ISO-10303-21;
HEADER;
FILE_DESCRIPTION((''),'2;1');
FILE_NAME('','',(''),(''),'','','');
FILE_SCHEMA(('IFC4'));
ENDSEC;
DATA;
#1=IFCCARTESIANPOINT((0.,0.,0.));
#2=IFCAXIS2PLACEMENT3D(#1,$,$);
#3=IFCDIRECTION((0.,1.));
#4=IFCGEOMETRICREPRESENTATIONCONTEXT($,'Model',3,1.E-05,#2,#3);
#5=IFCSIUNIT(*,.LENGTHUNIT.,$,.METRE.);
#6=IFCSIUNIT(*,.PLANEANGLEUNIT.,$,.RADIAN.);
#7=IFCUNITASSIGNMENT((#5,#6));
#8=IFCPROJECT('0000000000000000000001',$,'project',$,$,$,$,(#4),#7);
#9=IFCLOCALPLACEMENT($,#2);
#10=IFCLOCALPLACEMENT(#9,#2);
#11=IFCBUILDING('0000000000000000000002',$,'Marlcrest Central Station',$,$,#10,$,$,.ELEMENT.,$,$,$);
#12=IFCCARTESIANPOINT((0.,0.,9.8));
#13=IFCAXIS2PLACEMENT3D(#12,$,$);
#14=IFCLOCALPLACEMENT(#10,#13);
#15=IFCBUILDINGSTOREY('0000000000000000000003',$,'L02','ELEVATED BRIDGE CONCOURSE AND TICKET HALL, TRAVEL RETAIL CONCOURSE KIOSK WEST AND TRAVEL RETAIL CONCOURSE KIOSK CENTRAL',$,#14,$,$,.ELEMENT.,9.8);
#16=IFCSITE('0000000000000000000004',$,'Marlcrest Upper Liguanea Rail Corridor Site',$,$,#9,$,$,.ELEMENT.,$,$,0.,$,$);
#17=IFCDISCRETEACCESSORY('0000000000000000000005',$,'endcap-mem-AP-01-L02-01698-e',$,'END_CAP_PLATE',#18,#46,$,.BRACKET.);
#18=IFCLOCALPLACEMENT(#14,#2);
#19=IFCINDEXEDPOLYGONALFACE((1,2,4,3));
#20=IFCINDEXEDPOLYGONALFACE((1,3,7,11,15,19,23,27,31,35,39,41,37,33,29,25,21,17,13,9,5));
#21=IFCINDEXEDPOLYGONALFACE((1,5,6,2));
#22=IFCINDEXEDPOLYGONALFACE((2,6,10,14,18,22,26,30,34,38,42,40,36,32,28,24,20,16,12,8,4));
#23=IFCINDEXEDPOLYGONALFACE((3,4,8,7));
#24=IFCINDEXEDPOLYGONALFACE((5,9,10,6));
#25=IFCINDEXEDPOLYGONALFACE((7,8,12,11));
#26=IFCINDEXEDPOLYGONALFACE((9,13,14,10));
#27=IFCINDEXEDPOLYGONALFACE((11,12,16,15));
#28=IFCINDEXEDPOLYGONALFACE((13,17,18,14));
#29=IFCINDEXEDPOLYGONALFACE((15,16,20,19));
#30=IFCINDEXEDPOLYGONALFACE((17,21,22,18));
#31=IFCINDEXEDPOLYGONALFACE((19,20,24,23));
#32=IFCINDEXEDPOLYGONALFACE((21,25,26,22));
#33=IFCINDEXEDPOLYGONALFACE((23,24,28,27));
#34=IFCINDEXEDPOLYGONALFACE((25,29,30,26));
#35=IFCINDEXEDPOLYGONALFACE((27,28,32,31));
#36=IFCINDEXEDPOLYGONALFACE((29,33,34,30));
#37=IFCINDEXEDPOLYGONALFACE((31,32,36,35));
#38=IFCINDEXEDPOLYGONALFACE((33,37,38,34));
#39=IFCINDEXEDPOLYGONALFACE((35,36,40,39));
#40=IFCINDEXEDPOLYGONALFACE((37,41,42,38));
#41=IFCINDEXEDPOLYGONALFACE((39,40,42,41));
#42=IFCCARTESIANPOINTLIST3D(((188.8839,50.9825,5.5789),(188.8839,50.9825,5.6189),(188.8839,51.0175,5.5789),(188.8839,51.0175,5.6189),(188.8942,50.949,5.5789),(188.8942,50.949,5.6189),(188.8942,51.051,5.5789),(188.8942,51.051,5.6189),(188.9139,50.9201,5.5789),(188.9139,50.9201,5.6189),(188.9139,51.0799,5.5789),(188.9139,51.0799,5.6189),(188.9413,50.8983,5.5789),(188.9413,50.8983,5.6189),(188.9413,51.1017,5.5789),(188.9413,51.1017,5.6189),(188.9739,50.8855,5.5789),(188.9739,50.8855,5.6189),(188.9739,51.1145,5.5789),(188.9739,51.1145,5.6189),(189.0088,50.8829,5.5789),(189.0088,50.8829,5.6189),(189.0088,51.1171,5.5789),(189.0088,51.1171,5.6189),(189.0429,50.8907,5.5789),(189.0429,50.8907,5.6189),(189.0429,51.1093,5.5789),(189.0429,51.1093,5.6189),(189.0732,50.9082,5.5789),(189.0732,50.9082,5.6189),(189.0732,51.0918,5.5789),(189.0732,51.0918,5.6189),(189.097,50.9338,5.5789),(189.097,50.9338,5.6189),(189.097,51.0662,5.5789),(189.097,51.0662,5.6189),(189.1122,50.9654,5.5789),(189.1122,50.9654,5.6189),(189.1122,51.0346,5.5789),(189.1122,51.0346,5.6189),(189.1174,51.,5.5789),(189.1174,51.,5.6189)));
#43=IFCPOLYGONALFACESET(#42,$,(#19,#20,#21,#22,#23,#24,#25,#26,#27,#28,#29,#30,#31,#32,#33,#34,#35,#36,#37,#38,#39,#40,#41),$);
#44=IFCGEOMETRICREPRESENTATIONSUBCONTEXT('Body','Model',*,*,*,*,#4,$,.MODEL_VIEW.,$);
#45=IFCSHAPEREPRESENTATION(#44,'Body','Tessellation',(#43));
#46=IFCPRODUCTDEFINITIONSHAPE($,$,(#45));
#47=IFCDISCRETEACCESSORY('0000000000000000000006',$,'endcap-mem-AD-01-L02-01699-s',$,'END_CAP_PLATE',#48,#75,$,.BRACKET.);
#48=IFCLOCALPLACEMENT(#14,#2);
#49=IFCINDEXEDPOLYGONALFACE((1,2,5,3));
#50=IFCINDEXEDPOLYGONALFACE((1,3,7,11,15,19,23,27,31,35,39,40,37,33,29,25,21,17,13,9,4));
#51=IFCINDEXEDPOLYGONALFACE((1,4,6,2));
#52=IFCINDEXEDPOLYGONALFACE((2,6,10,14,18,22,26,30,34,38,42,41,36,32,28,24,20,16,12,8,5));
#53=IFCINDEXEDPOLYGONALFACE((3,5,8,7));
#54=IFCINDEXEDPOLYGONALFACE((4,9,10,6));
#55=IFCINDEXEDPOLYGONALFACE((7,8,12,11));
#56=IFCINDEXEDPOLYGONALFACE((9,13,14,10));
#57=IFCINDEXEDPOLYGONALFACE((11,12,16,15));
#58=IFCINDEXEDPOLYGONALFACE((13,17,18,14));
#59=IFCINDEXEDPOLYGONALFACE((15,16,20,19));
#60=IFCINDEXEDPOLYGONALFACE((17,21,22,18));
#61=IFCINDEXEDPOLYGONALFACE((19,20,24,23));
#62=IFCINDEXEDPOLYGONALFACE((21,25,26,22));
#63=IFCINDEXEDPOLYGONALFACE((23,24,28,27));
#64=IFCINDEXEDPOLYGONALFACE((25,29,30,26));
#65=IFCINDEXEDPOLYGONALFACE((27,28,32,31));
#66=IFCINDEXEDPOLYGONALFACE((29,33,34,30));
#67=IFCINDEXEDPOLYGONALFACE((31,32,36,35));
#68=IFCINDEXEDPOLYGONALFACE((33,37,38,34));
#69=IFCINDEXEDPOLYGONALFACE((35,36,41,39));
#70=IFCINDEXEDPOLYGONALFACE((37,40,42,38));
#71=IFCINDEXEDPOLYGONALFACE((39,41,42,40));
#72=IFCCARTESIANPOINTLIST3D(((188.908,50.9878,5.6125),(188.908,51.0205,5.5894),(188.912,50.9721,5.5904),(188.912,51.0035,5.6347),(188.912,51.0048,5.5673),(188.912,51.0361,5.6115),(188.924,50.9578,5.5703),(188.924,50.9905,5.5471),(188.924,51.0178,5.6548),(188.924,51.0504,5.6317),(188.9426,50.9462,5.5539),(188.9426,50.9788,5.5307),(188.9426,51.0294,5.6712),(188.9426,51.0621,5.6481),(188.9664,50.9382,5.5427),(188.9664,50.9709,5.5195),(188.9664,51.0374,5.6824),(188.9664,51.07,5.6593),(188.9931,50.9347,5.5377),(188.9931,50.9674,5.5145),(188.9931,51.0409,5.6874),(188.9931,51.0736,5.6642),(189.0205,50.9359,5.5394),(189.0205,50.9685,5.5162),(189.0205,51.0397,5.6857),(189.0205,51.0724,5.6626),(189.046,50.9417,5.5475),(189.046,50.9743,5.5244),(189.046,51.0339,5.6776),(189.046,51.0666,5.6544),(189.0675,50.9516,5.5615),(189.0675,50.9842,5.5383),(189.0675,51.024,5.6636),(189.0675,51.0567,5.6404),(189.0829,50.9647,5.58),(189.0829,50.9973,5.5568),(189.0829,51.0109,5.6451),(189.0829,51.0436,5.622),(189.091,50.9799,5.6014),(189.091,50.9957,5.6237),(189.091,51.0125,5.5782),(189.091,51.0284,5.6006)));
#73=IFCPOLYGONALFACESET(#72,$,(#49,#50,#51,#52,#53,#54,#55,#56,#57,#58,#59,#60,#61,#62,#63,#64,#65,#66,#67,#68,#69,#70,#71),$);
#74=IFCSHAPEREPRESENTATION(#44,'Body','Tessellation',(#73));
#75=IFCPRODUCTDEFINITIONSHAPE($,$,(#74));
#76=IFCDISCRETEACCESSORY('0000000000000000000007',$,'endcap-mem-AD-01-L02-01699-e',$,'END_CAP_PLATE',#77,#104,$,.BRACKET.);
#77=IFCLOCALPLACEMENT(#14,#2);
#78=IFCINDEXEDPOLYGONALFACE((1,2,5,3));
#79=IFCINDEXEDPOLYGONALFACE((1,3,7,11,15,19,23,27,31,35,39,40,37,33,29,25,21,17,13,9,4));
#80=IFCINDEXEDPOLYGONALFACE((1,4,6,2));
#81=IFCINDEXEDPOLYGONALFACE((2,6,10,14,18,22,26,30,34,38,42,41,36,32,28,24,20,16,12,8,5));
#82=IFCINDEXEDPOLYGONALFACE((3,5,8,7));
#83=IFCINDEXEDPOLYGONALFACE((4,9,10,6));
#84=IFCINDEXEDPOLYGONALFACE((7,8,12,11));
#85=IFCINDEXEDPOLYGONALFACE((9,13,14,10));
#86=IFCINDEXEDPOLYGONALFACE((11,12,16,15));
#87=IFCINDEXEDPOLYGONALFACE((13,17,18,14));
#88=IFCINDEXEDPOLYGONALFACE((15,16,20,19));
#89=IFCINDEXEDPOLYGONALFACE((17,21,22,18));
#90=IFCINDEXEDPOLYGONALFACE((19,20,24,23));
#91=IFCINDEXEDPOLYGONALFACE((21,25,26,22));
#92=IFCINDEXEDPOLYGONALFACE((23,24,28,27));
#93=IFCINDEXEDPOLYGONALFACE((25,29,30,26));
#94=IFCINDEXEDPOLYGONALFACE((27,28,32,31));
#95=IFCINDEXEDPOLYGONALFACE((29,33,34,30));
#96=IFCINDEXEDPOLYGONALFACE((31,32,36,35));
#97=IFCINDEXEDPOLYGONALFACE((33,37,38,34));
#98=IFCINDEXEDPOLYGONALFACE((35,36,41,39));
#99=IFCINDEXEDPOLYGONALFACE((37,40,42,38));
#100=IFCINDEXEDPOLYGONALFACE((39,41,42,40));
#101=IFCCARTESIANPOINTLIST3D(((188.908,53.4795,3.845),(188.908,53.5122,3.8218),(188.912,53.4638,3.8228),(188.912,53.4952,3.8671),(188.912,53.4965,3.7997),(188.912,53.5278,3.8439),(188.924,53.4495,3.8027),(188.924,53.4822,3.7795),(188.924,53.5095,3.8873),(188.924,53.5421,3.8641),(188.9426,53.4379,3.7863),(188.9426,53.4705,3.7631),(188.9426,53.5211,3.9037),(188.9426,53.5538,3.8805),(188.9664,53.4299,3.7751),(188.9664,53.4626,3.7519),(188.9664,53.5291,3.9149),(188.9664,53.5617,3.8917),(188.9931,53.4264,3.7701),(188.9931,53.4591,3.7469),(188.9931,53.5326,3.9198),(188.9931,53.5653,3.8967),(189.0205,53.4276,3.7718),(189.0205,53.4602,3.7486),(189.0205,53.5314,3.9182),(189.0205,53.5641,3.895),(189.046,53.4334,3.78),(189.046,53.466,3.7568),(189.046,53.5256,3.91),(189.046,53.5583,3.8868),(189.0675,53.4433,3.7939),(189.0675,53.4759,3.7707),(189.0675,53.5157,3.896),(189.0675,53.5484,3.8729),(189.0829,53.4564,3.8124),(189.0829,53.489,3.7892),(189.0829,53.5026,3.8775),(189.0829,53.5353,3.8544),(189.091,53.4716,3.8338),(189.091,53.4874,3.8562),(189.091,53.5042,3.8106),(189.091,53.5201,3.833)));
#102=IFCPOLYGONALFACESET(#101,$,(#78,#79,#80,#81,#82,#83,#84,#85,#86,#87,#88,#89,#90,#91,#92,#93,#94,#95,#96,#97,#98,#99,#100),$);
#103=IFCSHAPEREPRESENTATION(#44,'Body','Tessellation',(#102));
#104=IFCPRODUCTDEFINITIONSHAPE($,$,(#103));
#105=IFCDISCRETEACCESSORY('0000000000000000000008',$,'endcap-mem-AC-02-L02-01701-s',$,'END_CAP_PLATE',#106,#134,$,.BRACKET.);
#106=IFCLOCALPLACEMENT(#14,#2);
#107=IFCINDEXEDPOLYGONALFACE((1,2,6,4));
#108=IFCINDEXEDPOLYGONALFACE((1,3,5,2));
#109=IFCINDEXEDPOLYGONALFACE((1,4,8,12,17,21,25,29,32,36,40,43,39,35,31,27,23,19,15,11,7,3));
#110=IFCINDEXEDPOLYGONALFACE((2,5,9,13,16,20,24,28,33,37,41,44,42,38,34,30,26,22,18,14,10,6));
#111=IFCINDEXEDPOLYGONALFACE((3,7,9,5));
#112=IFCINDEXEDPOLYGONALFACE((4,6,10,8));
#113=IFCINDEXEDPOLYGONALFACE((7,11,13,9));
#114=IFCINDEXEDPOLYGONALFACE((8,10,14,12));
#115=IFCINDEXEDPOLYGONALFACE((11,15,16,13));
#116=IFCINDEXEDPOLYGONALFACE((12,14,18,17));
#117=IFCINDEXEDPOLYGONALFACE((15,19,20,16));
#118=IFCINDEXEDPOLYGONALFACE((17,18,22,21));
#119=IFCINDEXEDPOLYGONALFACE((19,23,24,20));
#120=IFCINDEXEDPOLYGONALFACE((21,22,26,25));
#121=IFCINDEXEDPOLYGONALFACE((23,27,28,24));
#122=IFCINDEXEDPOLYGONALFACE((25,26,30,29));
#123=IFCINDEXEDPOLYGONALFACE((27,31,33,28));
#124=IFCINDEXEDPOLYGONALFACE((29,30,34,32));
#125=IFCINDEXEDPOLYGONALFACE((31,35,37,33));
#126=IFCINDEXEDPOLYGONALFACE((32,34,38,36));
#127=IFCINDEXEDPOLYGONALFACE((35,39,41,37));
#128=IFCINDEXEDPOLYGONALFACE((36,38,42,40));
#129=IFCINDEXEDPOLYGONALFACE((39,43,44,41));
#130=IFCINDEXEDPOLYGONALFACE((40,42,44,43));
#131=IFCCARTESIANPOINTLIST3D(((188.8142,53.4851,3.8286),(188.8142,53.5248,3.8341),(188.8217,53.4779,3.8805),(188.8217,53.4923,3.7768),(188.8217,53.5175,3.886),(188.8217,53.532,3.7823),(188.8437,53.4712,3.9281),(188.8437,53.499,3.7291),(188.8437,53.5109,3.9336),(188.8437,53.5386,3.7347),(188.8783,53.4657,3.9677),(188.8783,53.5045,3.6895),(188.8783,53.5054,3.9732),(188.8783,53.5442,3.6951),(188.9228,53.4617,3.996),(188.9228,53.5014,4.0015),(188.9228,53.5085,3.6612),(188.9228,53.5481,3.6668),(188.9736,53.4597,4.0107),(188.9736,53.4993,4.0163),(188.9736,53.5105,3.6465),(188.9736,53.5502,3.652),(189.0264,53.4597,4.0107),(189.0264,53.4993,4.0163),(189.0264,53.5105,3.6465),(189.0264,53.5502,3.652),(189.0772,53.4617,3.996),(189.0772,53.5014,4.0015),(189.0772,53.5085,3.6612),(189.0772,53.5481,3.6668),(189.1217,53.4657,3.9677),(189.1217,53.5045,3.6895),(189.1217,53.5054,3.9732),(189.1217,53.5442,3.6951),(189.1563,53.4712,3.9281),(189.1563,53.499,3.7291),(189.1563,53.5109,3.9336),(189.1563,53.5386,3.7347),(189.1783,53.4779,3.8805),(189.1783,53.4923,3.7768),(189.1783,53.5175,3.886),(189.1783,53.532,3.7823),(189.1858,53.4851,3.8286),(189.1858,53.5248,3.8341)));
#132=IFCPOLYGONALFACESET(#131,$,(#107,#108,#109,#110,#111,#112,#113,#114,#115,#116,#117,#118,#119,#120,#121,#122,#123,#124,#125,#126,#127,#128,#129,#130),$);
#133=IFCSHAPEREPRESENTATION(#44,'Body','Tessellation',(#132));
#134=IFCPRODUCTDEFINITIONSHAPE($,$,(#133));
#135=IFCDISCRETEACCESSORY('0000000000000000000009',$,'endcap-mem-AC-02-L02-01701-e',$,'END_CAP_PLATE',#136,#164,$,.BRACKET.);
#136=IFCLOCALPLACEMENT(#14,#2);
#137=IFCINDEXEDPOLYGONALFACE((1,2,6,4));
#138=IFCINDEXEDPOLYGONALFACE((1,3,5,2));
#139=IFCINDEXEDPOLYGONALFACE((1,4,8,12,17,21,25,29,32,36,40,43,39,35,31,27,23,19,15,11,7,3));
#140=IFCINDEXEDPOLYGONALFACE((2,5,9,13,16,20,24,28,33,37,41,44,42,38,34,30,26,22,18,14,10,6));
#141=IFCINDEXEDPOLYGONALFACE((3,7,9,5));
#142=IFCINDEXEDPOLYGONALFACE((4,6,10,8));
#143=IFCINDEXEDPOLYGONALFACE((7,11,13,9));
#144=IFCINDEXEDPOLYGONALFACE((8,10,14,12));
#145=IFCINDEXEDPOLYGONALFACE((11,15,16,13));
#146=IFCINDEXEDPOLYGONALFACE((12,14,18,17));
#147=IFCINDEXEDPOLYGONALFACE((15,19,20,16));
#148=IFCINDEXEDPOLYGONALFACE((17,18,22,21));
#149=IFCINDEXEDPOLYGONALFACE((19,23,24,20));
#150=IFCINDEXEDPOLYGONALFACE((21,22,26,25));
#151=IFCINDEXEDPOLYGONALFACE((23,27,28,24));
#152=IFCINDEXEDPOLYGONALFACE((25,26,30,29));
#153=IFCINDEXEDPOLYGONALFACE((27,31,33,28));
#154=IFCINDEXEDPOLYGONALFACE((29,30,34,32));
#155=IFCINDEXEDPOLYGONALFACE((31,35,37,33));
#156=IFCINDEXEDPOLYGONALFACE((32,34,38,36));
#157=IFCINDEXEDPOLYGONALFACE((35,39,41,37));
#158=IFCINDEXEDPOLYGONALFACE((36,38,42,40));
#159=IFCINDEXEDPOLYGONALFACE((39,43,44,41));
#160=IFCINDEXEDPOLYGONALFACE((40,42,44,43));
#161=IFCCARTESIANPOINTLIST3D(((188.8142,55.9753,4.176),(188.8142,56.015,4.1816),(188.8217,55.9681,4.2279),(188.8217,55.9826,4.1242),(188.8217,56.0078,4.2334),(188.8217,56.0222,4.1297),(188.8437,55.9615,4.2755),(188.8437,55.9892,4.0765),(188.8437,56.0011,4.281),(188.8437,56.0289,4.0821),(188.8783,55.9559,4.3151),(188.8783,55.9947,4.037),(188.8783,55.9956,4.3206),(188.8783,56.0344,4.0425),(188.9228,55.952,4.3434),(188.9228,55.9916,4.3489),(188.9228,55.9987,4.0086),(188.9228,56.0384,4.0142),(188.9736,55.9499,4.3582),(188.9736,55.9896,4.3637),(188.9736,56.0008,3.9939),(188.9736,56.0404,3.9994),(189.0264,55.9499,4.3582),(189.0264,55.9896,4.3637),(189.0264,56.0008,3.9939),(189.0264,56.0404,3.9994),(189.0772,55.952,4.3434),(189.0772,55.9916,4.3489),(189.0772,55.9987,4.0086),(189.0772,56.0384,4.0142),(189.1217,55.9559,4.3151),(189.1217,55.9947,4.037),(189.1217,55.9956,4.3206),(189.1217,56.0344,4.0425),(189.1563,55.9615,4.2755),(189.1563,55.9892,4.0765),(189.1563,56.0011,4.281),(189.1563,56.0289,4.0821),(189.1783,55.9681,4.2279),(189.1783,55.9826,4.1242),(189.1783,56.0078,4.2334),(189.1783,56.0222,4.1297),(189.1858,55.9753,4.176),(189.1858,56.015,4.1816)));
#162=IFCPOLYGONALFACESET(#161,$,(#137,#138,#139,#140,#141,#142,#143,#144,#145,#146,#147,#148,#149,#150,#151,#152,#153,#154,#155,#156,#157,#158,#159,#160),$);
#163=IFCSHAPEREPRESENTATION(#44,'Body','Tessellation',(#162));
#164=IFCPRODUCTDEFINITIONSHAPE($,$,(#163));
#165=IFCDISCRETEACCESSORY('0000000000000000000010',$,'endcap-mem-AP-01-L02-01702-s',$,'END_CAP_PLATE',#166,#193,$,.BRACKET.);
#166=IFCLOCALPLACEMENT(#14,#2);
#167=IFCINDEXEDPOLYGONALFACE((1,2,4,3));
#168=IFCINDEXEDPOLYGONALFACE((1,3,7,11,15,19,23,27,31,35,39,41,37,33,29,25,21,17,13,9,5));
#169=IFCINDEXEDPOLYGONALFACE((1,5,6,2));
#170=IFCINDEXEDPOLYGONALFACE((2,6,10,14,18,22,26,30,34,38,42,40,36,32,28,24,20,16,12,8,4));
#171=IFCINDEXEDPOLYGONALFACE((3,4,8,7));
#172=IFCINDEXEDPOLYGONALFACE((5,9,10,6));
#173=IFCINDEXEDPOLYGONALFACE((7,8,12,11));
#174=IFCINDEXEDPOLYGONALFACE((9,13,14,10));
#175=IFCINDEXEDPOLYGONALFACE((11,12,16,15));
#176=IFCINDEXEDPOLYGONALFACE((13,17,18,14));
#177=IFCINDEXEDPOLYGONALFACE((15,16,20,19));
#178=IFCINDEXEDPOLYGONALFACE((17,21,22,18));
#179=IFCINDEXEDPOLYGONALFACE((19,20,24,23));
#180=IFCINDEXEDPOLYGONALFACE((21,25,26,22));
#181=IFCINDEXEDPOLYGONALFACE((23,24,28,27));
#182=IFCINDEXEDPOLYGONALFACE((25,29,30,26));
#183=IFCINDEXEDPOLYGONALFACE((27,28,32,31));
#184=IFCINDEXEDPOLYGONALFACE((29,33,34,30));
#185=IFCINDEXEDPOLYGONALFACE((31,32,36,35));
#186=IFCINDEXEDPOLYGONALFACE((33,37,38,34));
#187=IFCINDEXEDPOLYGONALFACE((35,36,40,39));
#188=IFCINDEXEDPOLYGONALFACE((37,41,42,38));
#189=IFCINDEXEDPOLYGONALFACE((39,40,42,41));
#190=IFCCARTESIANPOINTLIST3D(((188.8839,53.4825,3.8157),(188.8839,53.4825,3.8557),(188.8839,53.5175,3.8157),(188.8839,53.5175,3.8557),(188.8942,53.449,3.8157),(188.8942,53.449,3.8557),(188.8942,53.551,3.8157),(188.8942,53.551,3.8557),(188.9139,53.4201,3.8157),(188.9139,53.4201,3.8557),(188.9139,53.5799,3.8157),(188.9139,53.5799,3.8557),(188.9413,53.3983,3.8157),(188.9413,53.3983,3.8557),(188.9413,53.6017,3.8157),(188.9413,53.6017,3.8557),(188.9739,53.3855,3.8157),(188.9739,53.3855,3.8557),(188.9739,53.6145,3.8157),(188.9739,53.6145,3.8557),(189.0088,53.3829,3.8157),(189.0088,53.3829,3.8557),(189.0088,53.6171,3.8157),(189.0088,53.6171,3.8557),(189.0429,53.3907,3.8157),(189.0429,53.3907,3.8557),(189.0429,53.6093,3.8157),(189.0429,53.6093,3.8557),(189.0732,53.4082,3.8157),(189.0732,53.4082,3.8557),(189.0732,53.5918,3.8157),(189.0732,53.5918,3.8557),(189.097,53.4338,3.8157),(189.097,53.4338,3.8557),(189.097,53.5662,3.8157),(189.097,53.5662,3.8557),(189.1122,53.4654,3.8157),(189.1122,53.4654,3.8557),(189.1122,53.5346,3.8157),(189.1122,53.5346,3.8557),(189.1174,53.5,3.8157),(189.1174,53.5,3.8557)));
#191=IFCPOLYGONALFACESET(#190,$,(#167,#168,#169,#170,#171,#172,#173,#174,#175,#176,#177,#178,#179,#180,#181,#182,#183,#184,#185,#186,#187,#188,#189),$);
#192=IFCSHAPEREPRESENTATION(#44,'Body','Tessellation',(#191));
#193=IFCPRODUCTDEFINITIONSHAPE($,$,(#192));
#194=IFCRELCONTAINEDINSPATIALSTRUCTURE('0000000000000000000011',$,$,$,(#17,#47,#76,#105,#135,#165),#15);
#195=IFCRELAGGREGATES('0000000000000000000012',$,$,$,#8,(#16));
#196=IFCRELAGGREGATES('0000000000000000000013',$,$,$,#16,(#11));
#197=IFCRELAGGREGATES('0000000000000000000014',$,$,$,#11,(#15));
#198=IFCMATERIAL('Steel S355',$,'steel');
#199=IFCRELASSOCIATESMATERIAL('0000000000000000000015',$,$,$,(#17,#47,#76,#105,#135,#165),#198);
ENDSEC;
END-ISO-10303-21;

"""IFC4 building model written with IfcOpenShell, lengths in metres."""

from ifc_helpers import new_model, si_unit, direction, frame, origin, origin_2d, place, context, subcontext, project, spatial, circle, extrude, material, element, save


model = new_model("IFC4")

# Units and contexts
model_context = context("Model", 3, precision=1e-05, world=origin(), true_north=direction((0.0, 1.0)))
body_context = subcontext(model_context, "Body", "Model", "MODEL_VIEW")
ifc_project = project(units=[si_unit("LENGTHUNIT", "METRE"), si_unit("PLANEANGLEUNIT", "RADIAN")], contexts=[model_context])

# Site, building, storey
site_placement = place(None, origin())
site = spatial("IfcSite", under=ifc_project, at=site_placement, Name="Marlcrest Upper Liguanea Rail Corridor Site", CompositionType="ELEMENT", RefElevation=0.0)
building_placement = place(site_placement, origin())
building = spatial("IfcBuilding", under=site, at=building_placement, Name="Marlcrest Central Station", CompositionType="ELEMENT")
storey_placement = place(building_placement, frame((0.0, 0.0, 9.8)))
storey = spatial("IfcBuildingStorey", under=building, at=storey_placement, Name="L02", Description="ELEVATED BRIDGE CONCOURSE AND TICKET HALL, TRAVEL RETAIL CONCOURSE KIOSK WEST AND TRAVEL RETAIL CONCOURSE KIOSK CENTRAL", CompositionType="ELEMENT", Elevation=9.8)

# Shared definitions
ifc_material = material(Name="Steel S355", Category="steel")

# Discrete accessories
for number, where, z_axis, x_axis, name in (
    (1, (189.0, 51.0, 5.5789), (0.0, 0.0, 1.0), (1.0, 0.0, 0.0), "endcap-mem-AP-01-L02-01698-e"),
):
    element("IfcDiscreteAccessory", number, at=place(storey_placement, frame(where, z_axis=z_axis, x_axis=x_axis)), inside=storey, material=ifc_material, Name=name, ObjectType="END_CAP_PLATE", PredefinedType="BRACKET", context=body_context, shape_type="SweptSolid", body=[
        extrude(circle(Radius=0.1174, at=origin_2d()), origin(), (0.0, 0.0, 1.0), 0.04),
    ])
for number, where, z_axis, x_axis, name in (
    (2, (189.0, 50.9878, 5.6125), (0.0, 0.815661, -0.57853), (-1.0, 0.0, 0.0), "endcap-mem-AD-01-L02-01699-s"),
    (3, (189.0, 53.4795, 3.845), (0.0, 0.815661, -0.57853), (-1.0, 0.0, 0.0), "endcap-mem-AD-01-L02-01699-e"),
):
    element("IfcDiscreteAccessory", number, at=place(storey_placement, frame(where, z_axis=z_axis, x_axis=x_axis)), inside=storey, material=ifc_material, Name=name, ObjectType="END_CAP_PLATE", PredefinedType="BRACKET", context=body_context, shape_type="SweptSolid", body=[
        extrude(circle(Radius=0.092, at=origin_2d()), origin(), (0.0, 0.0, 1.0), 0.04),
    ])
for number, where, z_axis, x_axis, name in (
    (4, (189.0, 53.4851, 3.8286), (0.0, 0.990403, 0.138211), (-1.0, 0.0, 0.0), "endcap-mem-AC-02-L02-01701-s"),
    (5, (189.0, 55.9753, 4.176), (0.0, 0.990403, 0.138211), (-1.0, 0.0, 0.0), "endcap-mem-AC-02-L02-01701-e"),
):
    element("IfcDiscreteAccessory", number, at=place(storey_placement, frame(where, z_axis=z_axis, x_axis=x_axis)), inside=storey, material=ifc_material, Name=name, ObjectType="END_CAP_PLATE", PredefinedType="BRACKET", context=body_context, shape_type="SweptSolid", body=[
        extrude(circle(Radius=0.1858, at=origin_2d()), origin(), (0.0, 0.0, 1.0), 0.04),
    ])
for number, where, z_axis, x_axis, name in (
    (6, (189.0, 53.5, 3.8157), (0.0, 0.0, 1.0), (1.0, 0.0, 0.0), "endcap-mem-AP-01-L02-01702-s"),
):
    element("IfcDiscreteAccessory", number, at=place(storey_placement, frame(where, z_axis=z_axis, x_axis=x_axis)), inside=storey, material=ifc_material, Name=name, ObjectType="END_CAP_PLATE", PredefinedType="BRACKET", context=body_context, shape_type="SweptSolid", body=[
        extrude(circle(Radius=0.1174, at=origin_2d()), origin(), (0.0, 0.0, 1.0), 0.04),
    ])

save(model, "model.ifc")
